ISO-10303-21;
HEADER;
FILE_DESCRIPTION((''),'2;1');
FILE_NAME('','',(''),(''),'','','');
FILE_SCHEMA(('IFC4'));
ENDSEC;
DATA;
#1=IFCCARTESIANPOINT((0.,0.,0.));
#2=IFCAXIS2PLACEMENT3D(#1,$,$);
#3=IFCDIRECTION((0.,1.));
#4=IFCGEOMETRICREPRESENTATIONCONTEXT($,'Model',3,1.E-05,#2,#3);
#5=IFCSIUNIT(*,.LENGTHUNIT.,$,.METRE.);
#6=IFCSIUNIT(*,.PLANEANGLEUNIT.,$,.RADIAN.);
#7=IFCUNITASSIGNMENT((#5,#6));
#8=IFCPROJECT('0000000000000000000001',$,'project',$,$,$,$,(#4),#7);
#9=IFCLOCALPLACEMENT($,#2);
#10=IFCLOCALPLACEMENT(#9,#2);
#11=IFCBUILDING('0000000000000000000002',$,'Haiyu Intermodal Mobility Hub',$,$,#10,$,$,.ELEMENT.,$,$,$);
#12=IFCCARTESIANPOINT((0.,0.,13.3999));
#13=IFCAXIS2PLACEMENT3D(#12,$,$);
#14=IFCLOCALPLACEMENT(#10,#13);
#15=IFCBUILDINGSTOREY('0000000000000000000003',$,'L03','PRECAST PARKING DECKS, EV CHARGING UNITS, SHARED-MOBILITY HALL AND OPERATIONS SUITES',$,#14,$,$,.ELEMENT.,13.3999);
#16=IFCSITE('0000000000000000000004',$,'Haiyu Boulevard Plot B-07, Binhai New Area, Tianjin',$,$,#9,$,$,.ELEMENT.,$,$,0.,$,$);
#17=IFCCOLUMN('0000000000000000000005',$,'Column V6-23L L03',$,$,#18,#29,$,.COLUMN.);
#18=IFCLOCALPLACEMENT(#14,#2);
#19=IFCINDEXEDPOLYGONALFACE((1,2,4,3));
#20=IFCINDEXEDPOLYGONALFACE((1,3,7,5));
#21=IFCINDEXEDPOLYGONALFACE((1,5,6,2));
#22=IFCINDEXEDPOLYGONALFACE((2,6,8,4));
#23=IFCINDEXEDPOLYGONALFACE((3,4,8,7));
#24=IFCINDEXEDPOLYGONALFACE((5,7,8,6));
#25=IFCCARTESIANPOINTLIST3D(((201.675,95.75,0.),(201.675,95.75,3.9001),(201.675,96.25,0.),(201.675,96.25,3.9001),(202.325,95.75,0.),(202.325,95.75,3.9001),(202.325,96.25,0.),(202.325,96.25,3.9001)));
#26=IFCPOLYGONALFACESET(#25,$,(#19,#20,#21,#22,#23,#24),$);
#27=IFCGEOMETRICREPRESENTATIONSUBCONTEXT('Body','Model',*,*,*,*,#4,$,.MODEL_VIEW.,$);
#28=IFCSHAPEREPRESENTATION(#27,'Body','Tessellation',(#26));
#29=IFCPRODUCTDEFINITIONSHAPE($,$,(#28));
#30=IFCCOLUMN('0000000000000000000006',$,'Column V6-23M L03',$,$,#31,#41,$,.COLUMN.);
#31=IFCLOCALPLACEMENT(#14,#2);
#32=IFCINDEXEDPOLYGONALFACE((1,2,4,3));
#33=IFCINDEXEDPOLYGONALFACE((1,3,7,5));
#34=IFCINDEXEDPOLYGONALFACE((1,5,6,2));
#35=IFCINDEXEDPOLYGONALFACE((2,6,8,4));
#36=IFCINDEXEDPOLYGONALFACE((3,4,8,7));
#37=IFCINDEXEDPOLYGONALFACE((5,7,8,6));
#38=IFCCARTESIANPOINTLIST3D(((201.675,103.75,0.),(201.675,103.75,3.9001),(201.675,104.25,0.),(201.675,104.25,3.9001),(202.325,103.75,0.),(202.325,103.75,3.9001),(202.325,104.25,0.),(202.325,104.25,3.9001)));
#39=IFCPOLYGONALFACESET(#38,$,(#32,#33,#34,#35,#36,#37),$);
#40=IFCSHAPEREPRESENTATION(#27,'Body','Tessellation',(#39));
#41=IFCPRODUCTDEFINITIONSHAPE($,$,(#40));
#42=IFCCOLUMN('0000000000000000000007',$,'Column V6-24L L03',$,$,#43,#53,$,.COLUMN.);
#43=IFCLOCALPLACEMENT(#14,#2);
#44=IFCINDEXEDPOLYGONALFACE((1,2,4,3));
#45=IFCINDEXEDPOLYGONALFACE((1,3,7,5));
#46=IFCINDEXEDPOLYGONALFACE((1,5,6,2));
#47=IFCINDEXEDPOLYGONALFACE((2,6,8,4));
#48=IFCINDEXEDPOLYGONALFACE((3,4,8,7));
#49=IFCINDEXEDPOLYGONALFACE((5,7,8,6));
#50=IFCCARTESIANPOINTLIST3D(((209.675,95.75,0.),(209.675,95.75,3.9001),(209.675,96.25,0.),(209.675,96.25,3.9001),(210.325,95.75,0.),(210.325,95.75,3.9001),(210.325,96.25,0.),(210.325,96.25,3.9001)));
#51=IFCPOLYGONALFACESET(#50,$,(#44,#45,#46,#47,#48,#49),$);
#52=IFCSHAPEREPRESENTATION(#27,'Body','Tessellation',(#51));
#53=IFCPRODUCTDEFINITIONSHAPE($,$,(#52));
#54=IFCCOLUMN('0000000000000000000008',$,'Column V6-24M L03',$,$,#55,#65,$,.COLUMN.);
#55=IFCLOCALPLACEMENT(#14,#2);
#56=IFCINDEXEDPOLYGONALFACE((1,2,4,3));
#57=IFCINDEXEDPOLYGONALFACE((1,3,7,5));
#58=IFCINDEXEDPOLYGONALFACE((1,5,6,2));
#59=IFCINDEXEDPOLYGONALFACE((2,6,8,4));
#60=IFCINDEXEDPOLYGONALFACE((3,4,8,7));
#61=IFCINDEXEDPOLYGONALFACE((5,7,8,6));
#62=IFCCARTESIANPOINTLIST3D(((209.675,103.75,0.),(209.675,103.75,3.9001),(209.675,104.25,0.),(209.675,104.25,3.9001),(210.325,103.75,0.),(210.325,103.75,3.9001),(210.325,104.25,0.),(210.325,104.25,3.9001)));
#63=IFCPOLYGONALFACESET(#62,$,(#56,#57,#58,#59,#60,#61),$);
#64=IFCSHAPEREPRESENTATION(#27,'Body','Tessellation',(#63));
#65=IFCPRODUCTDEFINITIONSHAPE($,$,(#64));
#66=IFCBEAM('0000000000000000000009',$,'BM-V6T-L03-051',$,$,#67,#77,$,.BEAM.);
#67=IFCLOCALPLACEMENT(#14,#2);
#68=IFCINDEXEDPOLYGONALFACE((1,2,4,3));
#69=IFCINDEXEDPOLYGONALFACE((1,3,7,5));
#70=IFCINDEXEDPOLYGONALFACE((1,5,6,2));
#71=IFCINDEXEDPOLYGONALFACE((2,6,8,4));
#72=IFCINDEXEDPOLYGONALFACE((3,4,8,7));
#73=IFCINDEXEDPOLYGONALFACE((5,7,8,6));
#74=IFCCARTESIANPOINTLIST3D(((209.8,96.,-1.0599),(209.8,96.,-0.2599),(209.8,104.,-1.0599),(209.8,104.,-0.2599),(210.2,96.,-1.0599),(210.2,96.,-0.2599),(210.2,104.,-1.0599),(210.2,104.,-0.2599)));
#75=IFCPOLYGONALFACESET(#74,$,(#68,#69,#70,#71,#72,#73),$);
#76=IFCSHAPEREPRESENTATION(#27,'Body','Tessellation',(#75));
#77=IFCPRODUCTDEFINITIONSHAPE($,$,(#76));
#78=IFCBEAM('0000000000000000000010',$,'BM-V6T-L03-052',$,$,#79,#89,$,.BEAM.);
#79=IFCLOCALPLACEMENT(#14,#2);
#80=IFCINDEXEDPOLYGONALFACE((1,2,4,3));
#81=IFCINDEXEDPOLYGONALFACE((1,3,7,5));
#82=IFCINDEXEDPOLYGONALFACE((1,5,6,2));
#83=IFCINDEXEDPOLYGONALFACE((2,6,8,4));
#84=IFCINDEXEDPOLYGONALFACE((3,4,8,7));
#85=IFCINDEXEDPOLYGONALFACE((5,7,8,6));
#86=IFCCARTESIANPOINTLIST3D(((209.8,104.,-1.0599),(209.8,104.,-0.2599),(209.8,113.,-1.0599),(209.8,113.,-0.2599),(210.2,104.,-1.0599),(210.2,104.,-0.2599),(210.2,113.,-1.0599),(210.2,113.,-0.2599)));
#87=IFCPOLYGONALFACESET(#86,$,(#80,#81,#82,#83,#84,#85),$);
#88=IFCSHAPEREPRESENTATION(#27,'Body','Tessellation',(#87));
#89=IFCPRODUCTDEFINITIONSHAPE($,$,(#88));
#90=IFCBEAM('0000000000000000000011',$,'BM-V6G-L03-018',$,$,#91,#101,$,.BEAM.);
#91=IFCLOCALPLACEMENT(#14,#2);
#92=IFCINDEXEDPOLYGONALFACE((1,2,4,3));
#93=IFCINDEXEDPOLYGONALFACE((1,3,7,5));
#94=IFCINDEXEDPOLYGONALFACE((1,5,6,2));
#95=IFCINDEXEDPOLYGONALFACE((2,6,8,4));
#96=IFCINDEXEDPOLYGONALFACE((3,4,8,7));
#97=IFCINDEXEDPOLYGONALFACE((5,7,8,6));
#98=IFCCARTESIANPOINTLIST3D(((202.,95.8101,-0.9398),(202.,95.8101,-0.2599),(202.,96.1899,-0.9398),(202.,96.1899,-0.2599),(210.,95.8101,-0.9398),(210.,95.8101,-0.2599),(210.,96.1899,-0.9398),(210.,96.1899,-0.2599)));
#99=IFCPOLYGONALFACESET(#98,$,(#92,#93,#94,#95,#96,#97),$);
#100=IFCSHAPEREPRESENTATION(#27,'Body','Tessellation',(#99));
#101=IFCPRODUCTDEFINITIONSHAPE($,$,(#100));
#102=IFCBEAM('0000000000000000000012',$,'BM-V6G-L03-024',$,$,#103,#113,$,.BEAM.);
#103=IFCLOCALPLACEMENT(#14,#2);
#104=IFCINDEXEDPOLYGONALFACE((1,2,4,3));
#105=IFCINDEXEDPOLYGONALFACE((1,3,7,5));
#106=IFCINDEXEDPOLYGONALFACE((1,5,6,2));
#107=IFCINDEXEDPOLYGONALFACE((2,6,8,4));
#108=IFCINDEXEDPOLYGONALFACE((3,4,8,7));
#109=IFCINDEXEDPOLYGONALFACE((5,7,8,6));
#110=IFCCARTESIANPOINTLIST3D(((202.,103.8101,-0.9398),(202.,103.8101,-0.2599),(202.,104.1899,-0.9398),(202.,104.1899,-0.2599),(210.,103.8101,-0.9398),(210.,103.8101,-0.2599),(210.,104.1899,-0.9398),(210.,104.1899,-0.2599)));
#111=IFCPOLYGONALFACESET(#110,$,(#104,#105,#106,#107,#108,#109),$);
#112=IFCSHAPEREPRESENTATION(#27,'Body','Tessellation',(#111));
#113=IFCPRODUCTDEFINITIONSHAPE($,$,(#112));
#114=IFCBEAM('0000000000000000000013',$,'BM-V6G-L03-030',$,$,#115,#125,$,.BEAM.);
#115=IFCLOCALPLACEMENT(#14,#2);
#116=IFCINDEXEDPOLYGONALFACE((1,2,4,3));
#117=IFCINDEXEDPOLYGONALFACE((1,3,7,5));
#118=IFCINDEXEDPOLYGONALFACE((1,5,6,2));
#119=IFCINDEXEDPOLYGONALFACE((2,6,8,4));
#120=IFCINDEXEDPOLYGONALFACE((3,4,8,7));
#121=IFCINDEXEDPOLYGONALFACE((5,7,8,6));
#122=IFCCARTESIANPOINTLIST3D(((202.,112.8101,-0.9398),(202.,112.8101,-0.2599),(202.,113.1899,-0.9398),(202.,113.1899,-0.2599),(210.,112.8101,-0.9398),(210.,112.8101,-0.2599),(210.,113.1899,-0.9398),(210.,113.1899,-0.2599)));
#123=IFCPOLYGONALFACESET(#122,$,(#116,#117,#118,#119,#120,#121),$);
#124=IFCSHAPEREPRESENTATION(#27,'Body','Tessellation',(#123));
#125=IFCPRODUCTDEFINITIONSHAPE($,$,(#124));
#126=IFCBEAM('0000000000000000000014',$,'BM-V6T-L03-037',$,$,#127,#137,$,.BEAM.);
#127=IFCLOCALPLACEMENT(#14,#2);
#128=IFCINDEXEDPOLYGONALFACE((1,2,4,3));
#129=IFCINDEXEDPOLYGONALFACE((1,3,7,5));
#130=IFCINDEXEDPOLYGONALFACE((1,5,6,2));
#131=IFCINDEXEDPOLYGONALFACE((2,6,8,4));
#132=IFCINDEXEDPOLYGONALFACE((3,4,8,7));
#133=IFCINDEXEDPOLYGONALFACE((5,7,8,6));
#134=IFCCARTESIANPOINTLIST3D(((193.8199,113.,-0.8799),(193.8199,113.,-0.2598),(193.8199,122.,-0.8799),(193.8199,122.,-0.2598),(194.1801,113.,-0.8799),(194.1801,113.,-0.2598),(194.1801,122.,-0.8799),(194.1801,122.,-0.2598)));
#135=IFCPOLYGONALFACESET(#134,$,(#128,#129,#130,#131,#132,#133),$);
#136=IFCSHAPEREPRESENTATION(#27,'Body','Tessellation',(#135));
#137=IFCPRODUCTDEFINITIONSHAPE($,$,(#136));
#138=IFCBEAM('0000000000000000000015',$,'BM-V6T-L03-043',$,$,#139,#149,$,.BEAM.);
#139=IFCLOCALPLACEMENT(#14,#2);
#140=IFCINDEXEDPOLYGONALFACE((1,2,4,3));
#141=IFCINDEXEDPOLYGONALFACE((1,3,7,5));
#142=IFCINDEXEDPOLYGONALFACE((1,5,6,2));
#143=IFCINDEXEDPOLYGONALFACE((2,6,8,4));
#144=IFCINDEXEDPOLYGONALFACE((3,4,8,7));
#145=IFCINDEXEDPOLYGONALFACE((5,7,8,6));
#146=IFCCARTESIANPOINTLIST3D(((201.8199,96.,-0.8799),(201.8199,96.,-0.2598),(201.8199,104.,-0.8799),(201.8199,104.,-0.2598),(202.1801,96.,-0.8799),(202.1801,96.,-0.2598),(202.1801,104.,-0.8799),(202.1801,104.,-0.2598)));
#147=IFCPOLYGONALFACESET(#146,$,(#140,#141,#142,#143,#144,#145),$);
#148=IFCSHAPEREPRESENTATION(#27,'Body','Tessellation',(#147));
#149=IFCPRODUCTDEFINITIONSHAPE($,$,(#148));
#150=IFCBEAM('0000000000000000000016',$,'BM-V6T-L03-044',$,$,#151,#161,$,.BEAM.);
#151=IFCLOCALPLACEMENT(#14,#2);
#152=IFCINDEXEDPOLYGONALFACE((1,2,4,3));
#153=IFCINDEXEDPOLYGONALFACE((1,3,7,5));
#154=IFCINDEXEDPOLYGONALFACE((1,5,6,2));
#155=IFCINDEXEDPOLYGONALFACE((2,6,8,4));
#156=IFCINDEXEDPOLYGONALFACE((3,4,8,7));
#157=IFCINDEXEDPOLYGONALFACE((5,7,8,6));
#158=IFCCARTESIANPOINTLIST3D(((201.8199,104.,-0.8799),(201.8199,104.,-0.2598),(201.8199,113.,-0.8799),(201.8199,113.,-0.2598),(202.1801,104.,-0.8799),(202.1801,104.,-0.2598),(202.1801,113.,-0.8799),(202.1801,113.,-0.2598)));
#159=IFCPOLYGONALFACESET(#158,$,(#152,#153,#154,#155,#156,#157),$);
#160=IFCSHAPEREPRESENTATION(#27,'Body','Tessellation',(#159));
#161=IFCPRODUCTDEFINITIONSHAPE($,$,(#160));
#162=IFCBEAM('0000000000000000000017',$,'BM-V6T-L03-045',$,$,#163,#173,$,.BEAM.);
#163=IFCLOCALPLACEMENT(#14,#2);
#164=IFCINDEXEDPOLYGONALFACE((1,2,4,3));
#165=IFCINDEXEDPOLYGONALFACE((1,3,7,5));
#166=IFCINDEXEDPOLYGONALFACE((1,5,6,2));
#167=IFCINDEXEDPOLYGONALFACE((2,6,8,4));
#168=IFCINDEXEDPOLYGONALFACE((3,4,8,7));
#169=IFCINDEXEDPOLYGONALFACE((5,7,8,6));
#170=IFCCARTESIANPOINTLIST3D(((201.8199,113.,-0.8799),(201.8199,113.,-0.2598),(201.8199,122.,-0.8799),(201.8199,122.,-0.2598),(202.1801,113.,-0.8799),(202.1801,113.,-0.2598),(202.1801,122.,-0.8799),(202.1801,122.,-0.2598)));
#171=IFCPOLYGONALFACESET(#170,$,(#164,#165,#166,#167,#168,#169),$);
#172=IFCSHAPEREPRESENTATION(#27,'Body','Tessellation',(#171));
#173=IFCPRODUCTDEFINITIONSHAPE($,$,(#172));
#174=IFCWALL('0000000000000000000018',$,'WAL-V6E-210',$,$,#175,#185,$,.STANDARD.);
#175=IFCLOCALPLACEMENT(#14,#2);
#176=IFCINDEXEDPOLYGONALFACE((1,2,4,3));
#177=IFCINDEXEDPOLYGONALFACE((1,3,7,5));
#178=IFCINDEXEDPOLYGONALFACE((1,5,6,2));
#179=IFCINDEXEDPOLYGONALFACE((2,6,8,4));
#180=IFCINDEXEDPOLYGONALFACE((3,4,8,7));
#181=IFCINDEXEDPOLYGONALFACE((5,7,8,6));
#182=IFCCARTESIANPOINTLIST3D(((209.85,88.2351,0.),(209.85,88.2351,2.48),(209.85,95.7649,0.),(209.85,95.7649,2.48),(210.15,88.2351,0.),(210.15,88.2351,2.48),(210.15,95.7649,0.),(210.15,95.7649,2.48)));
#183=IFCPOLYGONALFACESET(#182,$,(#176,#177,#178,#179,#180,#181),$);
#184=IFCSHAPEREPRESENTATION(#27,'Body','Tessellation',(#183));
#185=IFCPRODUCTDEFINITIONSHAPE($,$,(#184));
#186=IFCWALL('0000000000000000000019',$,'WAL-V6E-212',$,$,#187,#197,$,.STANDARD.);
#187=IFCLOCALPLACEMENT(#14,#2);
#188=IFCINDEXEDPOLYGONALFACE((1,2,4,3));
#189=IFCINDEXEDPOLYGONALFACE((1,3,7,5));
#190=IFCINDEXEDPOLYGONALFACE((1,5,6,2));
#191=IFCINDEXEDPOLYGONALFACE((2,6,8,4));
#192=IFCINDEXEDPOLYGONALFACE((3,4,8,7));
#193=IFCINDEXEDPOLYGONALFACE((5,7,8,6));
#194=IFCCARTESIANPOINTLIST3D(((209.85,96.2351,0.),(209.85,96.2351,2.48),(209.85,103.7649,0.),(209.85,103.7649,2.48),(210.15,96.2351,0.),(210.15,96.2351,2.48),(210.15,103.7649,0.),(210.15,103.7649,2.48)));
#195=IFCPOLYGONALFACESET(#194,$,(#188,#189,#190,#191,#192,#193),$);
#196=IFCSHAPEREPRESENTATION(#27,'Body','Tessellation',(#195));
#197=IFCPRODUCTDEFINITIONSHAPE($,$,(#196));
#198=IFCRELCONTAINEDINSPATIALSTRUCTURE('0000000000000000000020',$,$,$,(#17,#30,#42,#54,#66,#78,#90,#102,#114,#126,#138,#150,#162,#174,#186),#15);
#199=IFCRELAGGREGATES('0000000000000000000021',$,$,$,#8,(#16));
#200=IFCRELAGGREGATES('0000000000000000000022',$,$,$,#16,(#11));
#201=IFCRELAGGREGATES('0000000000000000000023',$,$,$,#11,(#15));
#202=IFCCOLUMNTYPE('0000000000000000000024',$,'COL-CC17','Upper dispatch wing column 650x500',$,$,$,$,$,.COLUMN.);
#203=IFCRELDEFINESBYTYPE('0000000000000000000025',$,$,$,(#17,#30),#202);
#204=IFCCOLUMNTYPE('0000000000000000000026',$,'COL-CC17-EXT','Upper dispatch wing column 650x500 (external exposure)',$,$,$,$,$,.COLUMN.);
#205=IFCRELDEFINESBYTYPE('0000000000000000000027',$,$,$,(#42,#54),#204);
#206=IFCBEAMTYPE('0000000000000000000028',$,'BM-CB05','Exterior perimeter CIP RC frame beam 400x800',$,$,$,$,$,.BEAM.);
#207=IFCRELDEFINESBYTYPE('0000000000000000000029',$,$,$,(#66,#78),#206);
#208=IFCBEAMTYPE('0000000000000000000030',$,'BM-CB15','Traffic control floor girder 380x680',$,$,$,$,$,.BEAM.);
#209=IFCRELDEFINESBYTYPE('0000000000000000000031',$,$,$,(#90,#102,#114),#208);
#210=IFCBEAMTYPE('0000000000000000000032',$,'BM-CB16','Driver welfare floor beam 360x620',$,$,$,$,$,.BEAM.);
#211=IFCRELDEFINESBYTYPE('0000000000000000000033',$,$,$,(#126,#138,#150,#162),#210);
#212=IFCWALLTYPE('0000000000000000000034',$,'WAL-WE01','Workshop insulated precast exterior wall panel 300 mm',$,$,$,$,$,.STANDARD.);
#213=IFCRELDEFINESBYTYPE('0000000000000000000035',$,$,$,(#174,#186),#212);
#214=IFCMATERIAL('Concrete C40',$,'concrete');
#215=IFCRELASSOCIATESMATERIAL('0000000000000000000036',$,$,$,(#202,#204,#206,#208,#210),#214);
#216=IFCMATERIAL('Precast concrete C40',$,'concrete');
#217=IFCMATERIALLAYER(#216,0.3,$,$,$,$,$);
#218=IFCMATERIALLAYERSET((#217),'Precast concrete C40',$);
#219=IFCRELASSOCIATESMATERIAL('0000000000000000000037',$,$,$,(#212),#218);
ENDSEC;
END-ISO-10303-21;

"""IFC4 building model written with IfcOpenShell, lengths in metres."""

from ifc_helpers import new_model, si_unit, direction, frame, frame_2d, origin, origin_2d, place, context, subcontext, project, spatial, rectangle, extrude, material, layer, layer_set, material_profile, profile_set, type_object, element, save


model = new_model("IFC4")

# Units and contexts
model_context = context("Model", 3, precision=1e-05, world=origin(), true_north=direction((0.0, 1.0)))
body_context = subcontext(model_context, "Body", "Model", "MODEL_VIEW")
ifc_project = project(units=[si_unit("LENGTHUNIT", "METRE"), si_unit("PLANEANGLEUNIT", "RADIAN")], contexts=[model_context])

# Site, building, storey
site_placement = place(None, origin())
site = spatial("IfcSite", under=ifc_project, at=site_placement, Name="Haiyu Boulevard Plot B-07, Binhai New Area, Tianjin", CompositionType="ELEMENT", RefElevation=0.0)
building_placement = place(site_placement, origin())
building = spatial("IfcBuilding", under=site, at=building_placement, Name="Haiyu Intermodal Mobility Hub", CompositionType="ELEMENT")
storey_placement = place(building_placement, frame((0.0, 0.0, 13.3999)))
storey = spatial("IfcBuildingStorey", under=building, at=storey_placement, Name="L03", Description="PRECAST PARKING DECKS, EV CHARGING UNITS, SHARED-MOBILITY HALL AND OPERATIONS SUITES", CompositionType="ELEMENT", Elevation=13.3999)

# Columns
ifc_material_1 = material(Name="Concrete C40", Category="concrete")
ifc_material_profile_1 = material_profile(ifc_material_1, rectangle(XDim=0.6499, YDim=0.5, at=origin_2d()), Name="C650x500")
ifc_profile_set_1 = profile_set([ifc_material_profile_1], Name="Concrete C40")
column_type_1 = type_object("IfcColumnType", Name="COL-CC17", Description="Upper dispatch wing column 650x500", PredefinedType="COLUMN", material=ifc_profile_set_1)
for number, where, z_axis, x_axis, name in (
    (1, (202.0, 96.0, 0.0), (0.0, 0.0, 1.0), (1.0, 0.0, 0.0), "Column V6-23L L03"),
    (2, (202.0, 104.0, 0.0), (0.0, 0.0, 1.0), (1.0, 0.0, 0.0), "Column V6-23M L03"),
):
    element("IfcColumn", number, at=place(storey_placement, frame(where, z_axis=z_axis, x_axis=x_axis)), inside=storey, type_object=column_type_1, Name=name, PredefinedType="COLUMN", context=body_context, shape_type="SweptSolid", body=[
        extrude(rectangle(XDim=0.6499, YDim=0.5, at=origin_2d()), origin(), (0.0, 0.0, 1.0), 3.9001),
    ])
ifc_material_profile_2 = material_profile(ifc_material_1, rectangle(XDim=0.6499, YDim=0.5, at=origin_2d()), Name="C650x500")
ifc_profile_set_2 = profile_set([ifc_material_profile_2], Name="Concrete C40")
column_type_2 = type_object("IfcColumnType", Name="COL-CC17-EXT", Description="Upper dispatch wing column 650x500 (external exposure)", PredefinedType="COLUMN", material=ifc_profile_set_2)
for number, where, z_axis, x_axis, name in (
    (3, (210.0, 96.0, 0.0), (0.0, 0.0, 1.0), (1.0, 0.0, 0.0), "Column V6-24L L03"),
    (4, (210.0, 104.0, 0.0), (0.0, 0.0, 1.0), (1.0, 0.0, 0.0), "Column V6-24M L03"),
):
    element("IfcColumn", number, at=place(storey_placement, frame(where, z_axis=z_axis, x_axis=x_axis)), inside=storey, type_object=column_type_2, Name=name, PredefinedType="COLUMN", context=body_context, shape_type="SweptSolid", body=[
        extrude(rectangle(XDim=0.6499, YDim=0.5, at=origin_2d()), origin(), (0.0, 0.0, 1.0), 3.9001),
    ])

# Beams
ifc_material_profile_3 = material_profile(ifc_material_1, rectangle(XDim=0.3999, YDim=0.8, at=origin_2d()), Name="RCB400x800")
ifc_profile_set_3 = profile_set([ifc_material_profile_3], Name="Concrete C40")
beam_type_1 = type_object("IfcBeamType", Name="BM-CB05", Description="Exterior perimeter CIP RC frame beam 400x800", PredefinedType="BEAM", material=ifc_profile_set_3)
beam_1_placement = place(storey_placement, frame((210.0, 96.0, -0.6599), z_axis=(0.0, 1.0, 0.0), x_axis=(-1.0, 0.0, 0.0)))
element("IfcBeam", 5, at=beam_1_placement, inside=storey, type_object=beam_type_1, Name="BM-V6T-L03-051", PredefinedType="BEAM", context=body_context, shape_type="SweptSolid", body=[
    extrude(rectangle(XDim=0.3999, YDim=0.8, at=origin_2d()), origin(), (0.0, 0.0, 1.0), 8.0),
])
beam_2_placement = place(storey_placement, frame((210.0, 104.0, -0.6599), z_axis=(0.0, 1.0, 0.0), x_axis=(-1.0, 0.0, 0.0)))
element("IfcBeam", 6, at=beam_2_placement, inside=storey, type_object=beam_type_1, Name="BM-V6T-L03-052", PredefinedType="BEAM", context=body_context, shape_type="SweptSolid", body=[
    extrude(rectangle(XDim=0.3999, YDim=0.8, at=origin_2d()), origin(), (0.0, 0.0, 1.0), 9.0),
])
ifc_material_profile_4 = material_profile(ifc_material_1, rectangle(XDim=0.3799, YDim=0.6799, at=origin_2d()), Name="B380x680")
ifc_profile_set_4 = profile_set([ifc_material_profile_4], Name="Concrete C40")
beam_type_2 = type_object("IfcBeamType", Name="BM-CB15", Description="Traffic control floor girder 380x680", PredefinedType="BEAM", material=ifc_profile_set_4)
for number, where, z_axis, x_axis, name in (
    (7, (202.0, 96.0, -0.5999), (1.0, 0.0, 0.0), (0.0, 1.0, 0.0), "BM-V6G-L03-018"),
    (8, (202.0, 104.0, -0.5999), (1.0, 0.0, 0.0), (0.0, 1.0, 0.0), "BM-V6G-L03-024"),
    (9, (202.0, 113.0, -0.5999), (1.0, 0.0, 0.0), (0.0, 1.0, 0.0), "BM-V6G-L03-030"),
):
    element("IfcBeam", number, at=place(storey_placement, frame(where, z_axis=z_axis, x_axis=x_axis)), inside=storey, type_object=beam_type_2, Name=name, PredefinedType="BEAM", context=body_context, shape_type="SweptSolid", body=[
        extrude(rectangle(XDim=0.3799, YDim=0.6799, at=origin_2d()), origin(), (0.0, 0.0, 1.0), 8.0),
    ])
ifc_material_profile_5 = material_profile(ifc_material_1, rectangle(XDim=0.3601, YDim=0.6201, at=origin_2d()), Name="B360x620")
ifc_profile_set_5 = profile_set([ifc_material_profile_5], Name="Concrete C40")
beam_type_3 = type_object("IfcBeamType", Name="BM-CB16", Description="Driver welfare floor beam 360x620", PredefinedType="BEAM", material=ifc_profile_set_5)
beam_3_placement = place(storey_placement, frame((194.0, 113.0, -0.5698), z_axis=(0.0, 1.0, 0.0), x_axis=(-1.0, 0.0, 0.0)))
element("IfcBeam", 10, at=beam_3_placement, inside=storey, type_object=beam_type_3, Name="BM-V6T-L03-037", PredefinedType="BEAM", context=body_context, shape_type="SweptSolid", body=[
    extrude(rectangle(XDim=0.3601, YDim=0.6201, at=origin_2d()), origin(), (0.0, 0.0, 1.0), 9.0),
])
beam_4_placement = place(storey_placement, frame((202.0, 96.0, -0.5698), z_axis=(0.0, 1.0, 0.0), x_axis=(-1.0, 0.0, 0.0)))
element("IfcBeam", 11, at=beam_4_placement, inside=storey, type_object=beam_type_3, Name="BM-V6T-L03-043", PredefinedType="BEAM", context=body_context, shape_type="SweptSolid", body=[
    extrude(rectangle(XDim=0.3601, YDim=0.6201, at=origin_2d()), origin(), (0.0, 0.0, 1.0), 8.0),
])
for number, where, z_axis, x_axis, name in (
    (12, (202.0, 104.0, -0.5698), (0.0, 1.0, 0.0), (-1.0, 0.0, 0.0), "BM-V6T-L03-044"),
    (13, (202.0, 113.0, -0.5698), (0.0, 1.0, 0.0), (-1.0, 0.0, 0.0), "BM-V6T-L03-045"),
):
    element("IfcBeam", number, at=place(storey_placement, frame(where, z_axis=z_axis, x_axis=x_axis)), inside=storey, type_object=beam_type_3, Name=name, PredefinedType="BEAM", context=body_context, shape_type="SweptSolid", body=[
        extrude(rectangle(XDim=0.3601, YDim=0.6201, at=origin_2d()), origin(), (0.0, 0.0, 1.0), 9.0),
    ])

# Walls
ifc_material_2 = material(Name="Precast concrete C40", Category="concrete")
ifc_layer = layer(ifc_material_2, 0.3)
ifc_layer_set = layer_set([ifc_layer], Name="Precast concrete C40")
wall_type = type_object("IfcWallType", Name="WAL-WE01", Description="Workshop insulated precast exterior wall panel 300 mm", PredefinedType="STANDARD", material=ifc_layer_set)
for number, where, z_axis, x_axis, name in (
    (14, (210.0, 88.2351, 0.0), (0.0, 0.0, 1.0), (0.0, 1.0, 0.0), "WAL-V6E-210"),
    (15, (210.0, 96.2351, 0.0), (0.0, 0.0, 1.0), (0.0, 1.0, 0.0), "WAL-V6E-212"),
):
    element("IfcWall", number, at=place(storey_placement, frame(where, z_axis=z_axis, x_axis=x_axis)), inside=storey, type_object=wall_type, Name=name, PredefinedType="STANDARD", context=body_context, shape_type="SweptSolid", body=[
        extrude(rectangle(XDim=7.5298, YDim=0.3, at=frame_2d((3.7649, 0.0))), origin(), (0.0, 0.0, 1.0), 2.48),
    ])

save(model, "model.ifc")
